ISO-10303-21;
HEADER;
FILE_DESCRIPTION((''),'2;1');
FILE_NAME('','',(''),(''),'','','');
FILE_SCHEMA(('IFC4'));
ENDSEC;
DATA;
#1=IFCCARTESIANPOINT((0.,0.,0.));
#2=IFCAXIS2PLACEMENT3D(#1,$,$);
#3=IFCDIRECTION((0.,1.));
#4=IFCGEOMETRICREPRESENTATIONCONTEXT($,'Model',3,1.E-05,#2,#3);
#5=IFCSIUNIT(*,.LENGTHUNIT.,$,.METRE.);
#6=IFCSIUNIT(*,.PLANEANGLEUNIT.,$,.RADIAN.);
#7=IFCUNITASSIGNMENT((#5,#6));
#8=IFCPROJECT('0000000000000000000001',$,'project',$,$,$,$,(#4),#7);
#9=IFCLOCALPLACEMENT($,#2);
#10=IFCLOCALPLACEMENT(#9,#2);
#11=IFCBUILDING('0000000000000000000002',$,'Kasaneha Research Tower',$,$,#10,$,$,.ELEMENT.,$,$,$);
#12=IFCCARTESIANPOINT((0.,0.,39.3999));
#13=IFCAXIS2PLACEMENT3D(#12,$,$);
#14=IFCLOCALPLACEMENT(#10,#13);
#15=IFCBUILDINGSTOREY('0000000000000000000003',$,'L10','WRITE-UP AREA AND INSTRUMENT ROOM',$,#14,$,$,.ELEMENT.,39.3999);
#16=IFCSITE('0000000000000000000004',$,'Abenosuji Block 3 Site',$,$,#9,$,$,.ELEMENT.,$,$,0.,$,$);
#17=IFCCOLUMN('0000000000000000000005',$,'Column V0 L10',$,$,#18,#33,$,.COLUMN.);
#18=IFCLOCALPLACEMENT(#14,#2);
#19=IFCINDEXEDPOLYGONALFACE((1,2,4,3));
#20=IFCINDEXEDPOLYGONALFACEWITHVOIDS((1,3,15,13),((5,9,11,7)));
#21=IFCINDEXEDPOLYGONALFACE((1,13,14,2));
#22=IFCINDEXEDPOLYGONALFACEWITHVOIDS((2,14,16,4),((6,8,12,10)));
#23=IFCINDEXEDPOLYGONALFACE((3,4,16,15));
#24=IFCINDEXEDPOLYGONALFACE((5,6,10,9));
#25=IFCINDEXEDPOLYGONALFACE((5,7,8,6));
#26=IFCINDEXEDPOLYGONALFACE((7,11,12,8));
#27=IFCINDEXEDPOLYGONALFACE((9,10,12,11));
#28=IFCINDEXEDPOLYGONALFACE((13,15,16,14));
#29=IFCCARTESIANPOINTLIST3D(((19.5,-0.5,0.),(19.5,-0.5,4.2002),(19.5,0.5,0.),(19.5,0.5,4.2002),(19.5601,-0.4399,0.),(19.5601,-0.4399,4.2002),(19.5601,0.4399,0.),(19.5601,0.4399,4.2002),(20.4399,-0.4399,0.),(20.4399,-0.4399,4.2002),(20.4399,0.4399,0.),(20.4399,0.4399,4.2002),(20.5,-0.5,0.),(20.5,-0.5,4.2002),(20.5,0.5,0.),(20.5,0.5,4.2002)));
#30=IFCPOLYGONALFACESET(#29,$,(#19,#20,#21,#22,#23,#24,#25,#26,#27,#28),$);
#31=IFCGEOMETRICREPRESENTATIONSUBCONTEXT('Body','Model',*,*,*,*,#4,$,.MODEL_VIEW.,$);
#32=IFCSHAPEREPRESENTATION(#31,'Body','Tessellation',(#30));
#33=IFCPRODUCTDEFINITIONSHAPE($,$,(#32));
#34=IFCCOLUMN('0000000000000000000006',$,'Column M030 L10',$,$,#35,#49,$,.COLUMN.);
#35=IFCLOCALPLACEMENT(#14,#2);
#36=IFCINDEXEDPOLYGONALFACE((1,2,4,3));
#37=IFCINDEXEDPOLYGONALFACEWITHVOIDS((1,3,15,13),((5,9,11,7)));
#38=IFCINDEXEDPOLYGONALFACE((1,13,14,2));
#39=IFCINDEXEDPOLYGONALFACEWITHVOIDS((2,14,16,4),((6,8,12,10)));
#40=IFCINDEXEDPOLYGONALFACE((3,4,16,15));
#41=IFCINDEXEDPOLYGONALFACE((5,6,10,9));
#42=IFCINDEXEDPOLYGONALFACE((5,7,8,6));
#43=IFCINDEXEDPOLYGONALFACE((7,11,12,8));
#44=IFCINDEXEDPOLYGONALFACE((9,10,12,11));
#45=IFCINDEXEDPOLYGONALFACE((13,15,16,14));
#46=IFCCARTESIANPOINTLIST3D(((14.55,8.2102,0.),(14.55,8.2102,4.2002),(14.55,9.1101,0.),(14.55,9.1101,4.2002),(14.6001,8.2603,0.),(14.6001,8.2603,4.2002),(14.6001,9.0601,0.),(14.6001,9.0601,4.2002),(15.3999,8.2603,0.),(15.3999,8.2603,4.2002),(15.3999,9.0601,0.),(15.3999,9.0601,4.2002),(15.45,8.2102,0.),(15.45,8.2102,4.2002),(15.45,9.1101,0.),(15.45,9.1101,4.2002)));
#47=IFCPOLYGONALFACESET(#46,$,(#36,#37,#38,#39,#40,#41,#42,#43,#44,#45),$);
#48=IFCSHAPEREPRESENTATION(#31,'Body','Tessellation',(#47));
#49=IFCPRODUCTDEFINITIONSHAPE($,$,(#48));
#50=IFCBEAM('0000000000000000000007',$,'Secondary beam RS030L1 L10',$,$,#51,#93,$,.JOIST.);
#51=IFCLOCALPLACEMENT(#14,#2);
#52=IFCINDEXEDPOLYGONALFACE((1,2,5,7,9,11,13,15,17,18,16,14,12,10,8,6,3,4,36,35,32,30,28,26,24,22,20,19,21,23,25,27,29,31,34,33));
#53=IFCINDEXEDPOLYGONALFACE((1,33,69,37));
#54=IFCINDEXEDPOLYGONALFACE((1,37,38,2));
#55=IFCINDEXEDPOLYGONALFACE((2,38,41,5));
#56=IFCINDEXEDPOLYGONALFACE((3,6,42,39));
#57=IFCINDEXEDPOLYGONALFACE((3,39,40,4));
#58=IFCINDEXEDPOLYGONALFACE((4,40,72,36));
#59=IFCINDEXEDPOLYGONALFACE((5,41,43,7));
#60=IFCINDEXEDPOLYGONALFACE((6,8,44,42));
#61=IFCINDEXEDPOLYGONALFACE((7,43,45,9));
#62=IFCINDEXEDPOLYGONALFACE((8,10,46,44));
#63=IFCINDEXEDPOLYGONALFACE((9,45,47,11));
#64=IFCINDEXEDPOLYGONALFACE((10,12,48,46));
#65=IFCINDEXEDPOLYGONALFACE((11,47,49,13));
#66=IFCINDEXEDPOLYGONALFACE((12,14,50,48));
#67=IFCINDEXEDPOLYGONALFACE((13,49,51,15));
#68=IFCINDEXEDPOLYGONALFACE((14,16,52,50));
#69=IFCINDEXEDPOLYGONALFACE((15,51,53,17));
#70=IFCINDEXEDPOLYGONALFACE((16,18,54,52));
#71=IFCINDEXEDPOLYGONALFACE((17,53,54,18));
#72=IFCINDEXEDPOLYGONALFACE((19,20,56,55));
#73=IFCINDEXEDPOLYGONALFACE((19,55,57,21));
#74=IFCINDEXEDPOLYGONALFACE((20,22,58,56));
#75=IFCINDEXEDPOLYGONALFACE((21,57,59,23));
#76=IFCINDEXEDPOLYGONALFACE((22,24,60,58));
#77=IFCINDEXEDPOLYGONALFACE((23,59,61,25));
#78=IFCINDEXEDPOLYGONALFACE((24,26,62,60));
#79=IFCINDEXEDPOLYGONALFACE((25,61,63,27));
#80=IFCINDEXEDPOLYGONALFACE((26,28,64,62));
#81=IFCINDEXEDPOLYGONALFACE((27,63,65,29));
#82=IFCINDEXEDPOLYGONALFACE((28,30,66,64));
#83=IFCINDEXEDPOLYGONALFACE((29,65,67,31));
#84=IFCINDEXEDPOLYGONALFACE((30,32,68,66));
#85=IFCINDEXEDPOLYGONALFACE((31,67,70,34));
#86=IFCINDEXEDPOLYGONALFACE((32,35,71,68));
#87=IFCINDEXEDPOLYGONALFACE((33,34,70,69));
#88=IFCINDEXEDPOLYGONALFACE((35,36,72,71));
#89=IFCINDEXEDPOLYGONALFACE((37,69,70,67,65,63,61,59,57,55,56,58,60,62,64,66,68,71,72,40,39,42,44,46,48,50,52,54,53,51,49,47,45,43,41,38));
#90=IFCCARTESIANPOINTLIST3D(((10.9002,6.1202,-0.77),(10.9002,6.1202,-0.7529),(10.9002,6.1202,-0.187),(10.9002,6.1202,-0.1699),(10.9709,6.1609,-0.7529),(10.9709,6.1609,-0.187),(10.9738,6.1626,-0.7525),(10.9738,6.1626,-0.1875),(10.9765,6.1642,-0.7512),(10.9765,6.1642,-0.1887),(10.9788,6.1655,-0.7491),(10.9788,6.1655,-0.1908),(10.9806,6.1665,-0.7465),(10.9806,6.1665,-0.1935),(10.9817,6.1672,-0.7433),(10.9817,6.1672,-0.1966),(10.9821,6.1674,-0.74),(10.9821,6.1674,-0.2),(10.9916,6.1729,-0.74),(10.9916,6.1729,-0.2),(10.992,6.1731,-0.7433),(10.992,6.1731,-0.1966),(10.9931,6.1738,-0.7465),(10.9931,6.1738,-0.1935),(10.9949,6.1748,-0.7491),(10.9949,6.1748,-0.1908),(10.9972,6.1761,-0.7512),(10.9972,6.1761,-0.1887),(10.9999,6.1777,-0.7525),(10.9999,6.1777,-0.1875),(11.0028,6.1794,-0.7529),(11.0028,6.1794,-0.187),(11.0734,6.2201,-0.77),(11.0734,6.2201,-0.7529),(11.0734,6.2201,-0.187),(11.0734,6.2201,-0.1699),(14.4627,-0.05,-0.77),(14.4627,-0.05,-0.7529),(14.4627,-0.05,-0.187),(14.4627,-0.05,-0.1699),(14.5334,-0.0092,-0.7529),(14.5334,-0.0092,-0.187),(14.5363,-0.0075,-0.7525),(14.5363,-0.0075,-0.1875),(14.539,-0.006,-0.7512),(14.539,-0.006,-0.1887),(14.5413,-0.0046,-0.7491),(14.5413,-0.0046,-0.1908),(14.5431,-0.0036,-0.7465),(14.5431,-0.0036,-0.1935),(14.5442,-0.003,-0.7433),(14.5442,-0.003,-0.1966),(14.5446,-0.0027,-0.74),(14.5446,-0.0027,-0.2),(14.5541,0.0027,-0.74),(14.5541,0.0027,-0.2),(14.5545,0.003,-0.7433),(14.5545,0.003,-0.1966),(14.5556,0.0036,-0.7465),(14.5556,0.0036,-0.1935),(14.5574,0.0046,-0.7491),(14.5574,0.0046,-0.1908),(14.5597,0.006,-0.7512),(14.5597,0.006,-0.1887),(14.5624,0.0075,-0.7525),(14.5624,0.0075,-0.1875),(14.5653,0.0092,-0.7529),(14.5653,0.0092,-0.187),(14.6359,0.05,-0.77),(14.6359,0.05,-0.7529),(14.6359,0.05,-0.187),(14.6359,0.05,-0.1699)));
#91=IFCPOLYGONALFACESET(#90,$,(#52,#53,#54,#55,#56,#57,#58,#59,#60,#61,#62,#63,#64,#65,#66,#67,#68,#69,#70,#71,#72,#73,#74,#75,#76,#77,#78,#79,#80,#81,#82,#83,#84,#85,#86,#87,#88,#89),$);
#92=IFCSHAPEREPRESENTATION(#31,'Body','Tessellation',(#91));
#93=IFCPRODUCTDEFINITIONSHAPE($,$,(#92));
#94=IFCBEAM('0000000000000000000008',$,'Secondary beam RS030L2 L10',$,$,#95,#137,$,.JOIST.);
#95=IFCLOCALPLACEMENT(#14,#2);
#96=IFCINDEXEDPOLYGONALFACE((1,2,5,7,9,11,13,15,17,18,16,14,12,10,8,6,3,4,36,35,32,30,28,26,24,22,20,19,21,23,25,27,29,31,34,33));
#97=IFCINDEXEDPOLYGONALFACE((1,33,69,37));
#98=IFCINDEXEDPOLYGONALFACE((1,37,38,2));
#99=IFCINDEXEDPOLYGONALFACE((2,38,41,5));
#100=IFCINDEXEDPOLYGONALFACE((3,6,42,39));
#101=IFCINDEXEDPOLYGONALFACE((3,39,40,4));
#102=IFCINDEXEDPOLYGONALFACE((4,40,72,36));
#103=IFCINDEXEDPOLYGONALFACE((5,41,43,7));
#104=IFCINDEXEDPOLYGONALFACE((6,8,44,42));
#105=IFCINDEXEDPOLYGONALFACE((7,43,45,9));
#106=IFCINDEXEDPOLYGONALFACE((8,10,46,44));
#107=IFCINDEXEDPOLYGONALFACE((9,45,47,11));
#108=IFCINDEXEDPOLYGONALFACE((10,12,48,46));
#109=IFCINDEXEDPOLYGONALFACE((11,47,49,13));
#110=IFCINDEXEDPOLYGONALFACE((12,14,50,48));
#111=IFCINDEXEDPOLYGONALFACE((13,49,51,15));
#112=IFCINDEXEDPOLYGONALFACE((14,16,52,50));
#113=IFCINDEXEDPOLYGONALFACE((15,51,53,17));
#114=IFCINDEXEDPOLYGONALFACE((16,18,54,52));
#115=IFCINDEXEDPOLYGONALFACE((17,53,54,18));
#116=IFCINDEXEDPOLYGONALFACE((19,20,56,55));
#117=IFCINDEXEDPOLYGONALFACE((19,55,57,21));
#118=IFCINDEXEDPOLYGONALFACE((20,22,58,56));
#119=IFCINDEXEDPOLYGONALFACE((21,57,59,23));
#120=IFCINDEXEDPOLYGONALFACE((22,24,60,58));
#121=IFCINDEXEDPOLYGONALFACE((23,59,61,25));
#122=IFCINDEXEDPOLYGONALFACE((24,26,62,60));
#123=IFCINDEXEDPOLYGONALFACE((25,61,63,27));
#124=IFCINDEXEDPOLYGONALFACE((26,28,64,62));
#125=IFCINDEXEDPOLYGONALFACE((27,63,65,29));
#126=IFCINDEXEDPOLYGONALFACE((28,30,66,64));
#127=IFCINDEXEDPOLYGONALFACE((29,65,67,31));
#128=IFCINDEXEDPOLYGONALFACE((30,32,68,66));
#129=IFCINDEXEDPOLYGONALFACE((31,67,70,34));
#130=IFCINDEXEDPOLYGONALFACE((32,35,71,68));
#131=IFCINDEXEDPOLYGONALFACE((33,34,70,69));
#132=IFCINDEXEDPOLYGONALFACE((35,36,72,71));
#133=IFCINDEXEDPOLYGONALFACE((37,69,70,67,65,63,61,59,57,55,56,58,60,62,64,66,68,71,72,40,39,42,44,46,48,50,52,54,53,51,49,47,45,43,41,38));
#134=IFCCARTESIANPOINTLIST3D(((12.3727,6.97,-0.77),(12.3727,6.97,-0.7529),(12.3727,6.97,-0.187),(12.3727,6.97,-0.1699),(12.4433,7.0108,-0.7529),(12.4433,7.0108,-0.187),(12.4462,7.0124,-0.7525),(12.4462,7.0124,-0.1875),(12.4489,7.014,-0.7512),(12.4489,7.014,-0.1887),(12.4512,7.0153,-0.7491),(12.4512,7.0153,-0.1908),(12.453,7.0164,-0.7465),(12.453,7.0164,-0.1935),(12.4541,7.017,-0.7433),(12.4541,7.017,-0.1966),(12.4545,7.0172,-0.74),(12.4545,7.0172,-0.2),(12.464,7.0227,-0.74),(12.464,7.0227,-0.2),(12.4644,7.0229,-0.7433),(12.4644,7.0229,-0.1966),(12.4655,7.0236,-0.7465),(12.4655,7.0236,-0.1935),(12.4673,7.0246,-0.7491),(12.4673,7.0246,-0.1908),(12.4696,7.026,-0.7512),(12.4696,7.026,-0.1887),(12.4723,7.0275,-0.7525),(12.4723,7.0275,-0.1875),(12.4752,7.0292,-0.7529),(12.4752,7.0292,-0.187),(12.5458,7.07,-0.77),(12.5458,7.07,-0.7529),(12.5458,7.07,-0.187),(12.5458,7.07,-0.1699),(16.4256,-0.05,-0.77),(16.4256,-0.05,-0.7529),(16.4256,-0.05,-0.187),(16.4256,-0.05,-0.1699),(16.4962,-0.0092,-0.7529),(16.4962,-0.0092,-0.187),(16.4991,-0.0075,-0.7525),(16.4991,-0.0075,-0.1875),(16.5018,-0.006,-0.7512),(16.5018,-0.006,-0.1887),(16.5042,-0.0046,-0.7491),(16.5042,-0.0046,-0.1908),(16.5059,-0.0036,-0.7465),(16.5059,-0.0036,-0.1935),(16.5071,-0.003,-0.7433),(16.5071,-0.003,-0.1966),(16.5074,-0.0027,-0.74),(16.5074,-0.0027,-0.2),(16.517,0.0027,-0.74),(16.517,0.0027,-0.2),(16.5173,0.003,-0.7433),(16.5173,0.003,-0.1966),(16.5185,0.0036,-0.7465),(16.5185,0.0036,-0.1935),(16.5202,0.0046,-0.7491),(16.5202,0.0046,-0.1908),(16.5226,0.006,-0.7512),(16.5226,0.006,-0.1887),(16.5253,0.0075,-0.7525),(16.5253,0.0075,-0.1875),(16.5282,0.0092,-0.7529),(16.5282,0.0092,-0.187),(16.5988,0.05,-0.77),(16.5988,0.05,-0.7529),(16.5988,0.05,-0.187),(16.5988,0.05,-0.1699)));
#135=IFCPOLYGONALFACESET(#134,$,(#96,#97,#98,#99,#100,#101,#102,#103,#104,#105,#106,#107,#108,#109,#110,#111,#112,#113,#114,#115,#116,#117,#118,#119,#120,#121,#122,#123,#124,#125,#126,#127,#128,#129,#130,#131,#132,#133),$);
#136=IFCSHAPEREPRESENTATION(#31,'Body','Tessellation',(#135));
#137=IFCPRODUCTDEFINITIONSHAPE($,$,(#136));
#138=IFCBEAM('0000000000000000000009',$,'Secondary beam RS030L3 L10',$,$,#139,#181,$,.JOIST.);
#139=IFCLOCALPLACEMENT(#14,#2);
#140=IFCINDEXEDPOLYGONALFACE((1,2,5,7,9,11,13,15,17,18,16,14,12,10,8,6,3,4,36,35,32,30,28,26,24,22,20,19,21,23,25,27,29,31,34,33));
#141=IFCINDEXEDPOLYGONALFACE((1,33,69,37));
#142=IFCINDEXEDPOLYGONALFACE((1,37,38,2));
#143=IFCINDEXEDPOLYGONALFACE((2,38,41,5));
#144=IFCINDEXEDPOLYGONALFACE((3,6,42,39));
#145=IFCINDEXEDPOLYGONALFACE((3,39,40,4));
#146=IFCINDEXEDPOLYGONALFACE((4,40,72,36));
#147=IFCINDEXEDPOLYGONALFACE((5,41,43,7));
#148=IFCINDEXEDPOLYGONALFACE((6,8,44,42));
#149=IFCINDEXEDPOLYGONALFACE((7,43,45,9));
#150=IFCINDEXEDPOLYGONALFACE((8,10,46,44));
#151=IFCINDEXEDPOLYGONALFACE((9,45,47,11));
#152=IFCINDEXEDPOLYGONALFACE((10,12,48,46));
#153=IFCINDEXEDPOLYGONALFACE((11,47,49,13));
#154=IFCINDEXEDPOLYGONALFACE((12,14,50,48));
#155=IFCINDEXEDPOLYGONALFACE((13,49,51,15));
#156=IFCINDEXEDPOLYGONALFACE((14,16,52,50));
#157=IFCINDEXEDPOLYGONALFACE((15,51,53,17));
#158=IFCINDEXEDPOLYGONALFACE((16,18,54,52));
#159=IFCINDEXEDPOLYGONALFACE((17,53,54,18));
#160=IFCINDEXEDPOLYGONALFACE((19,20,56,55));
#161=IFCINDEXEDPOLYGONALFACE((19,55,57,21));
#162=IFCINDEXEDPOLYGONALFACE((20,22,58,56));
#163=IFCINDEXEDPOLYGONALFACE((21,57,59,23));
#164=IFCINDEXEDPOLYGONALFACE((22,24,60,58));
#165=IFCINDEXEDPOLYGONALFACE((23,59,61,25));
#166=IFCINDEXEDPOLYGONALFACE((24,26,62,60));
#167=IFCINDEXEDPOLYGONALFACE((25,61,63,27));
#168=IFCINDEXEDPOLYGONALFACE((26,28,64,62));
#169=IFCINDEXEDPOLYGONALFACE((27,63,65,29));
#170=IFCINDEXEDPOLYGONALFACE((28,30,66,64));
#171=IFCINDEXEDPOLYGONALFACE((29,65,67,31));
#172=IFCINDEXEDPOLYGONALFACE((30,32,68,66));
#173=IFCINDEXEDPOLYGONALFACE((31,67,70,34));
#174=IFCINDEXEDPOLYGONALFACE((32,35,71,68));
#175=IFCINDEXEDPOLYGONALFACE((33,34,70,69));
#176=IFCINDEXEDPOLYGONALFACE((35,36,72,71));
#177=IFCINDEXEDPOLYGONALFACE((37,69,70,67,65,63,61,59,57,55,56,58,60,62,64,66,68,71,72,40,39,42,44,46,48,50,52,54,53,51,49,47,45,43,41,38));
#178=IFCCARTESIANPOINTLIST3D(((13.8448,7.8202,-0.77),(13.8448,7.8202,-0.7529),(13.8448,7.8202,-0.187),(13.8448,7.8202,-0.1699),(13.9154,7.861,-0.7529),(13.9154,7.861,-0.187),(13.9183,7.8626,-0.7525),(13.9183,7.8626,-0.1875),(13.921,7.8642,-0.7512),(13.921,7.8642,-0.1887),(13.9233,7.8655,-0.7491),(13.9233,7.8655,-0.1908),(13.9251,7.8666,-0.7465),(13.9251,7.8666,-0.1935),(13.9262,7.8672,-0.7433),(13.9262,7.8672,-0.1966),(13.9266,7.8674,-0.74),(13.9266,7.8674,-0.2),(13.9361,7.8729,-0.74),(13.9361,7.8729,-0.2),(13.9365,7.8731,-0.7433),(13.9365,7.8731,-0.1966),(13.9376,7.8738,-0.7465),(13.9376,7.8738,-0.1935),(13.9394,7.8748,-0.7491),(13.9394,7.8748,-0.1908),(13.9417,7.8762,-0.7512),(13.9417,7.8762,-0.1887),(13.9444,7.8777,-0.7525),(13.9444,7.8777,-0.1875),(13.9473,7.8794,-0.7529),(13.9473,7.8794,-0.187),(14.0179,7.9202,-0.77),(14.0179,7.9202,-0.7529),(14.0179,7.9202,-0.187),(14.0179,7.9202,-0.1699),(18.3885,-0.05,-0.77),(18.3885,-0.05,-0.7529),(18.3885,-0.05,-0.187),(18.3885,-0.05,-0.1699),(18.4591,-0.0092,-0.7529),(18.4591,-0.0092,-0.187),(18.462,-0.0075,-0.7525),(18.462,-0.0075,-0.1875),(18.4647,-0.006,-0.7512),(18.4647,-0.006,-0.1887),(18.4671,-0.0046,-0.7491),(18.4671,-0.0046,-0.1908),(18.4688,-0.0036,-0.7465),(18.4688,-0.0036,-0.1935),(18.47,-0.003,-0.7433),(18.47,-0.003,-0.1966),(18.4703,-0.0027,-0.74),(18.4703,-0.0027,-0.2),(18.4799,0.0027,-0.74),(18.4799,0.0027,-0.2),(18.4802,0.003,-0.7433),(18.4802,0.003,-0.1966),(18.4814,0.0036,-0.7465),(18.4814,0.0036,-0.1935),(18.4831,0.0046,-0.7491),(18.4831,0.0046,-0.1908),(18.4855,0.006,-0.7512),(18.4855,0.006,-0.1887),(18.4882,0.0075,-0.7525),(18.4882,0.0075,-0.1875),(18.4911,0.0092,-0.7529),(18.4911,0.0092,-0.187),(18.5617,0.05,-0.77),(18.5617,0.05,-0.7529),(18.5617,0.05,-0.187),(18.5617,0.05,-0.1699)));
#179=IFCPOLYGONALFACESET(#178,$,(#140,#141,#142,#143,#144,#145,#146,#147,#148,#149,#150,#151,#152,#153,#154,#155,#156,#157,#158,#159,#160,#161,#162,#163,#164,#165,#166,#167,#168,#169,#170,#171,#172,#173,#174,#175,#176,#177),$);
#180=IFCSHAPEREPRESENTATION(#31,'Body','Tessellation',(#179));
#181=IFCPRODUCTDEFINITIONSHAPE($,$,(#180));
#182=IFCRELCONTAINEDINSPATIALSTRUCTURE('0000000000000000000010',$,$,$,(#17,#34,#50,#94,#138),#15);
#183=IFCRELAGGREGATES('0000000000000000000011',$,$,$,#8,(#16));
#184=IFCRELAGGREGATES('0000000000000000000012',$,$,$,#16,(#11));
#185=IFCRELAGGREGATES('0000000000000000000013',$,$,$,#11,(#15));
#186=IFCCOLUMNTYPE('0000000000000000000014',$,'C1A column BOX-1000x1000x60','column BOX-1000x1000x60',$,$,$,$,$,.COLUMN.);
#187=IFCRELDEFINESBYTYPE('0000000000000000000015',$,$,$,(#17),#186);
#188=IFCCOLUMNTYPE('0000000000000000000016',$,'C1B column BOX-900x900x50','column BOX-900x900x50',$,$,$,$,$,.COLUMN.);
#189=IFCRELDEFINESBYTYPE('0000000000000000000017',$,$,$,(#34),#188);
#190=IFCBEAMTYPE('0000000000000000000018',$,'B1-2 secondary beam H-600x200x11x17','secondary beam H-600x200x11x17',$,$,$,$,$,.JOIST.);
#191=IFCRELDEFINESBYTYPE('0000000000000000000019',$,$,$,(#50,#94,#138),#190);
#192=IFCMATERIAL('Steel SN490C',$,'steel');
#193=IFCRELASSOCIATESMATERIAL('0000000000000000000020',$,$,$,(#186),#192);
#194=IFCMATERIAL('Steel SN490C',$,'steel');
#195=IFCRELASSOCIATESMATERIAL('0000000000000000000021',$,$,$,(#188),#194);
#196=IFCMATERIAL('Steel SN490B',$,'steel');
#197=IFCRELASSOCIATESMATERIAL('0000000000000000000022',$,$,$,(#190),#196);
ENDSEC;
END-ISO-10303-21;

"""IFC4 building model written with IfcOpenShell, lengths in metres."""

from ifc_helpers import new_model, si_unit, direction, frame, origin, origin_2d, place, context, subcontext, project, spatial, hollow_rectangle, i_section, extrude, material, material_profile, profile_set, type_object, element, save


model = new_model("IFC4")

# Units and contexts
model_context = context("Model", 3, precision=1e-05, world=origin(), true_north=direction((0.0, 1.0)))
body_context = subcontext(model_context, "Body", "Model", "MODEL_VIEW")
ifc_project = project(units=[si_unit("LENGTHUNIT", "METRE"), si_unit("PLANEANGLEUNIT", "RADIAN")], contexts=[model_context])

# Site, building, storey
site_placement = place(None, origin())
site = spatial("IfcSite", under=ifc_project, at=site_placement, Name="Abenosuji Block 3 Site", CompositionType="ELEMENT", RefElevation=0.0)
building_placement = place(site_placement, origin())
building = spatial("IfcBuilding", under=site, at=building_placement, Name="Kasaneha Research Tower", CompositionType="ELEMENT")
storey_placement = place(building_placement, frame((0.0, 0.0, 39.3999)))
storey = spatial("IfcBuildingStorey", under=building, at=storey_placement, Name="L10", Description="WRITE-UP AREA AND INSTRUMENT ROOM", CompositionType="ELEMENT", Elevation=39.3999)

# Columns
ifc_material_1 = material(Name="Steel SN490C", Category="steel")
ifc_material_profile_1 = material_profile(ifc_material_1, hollow_rectangle(XDim=1.0, YDim=1.0, WallThickness=0.0601, at=origin_2d()), Name="BOX-1000x1000x60")
ifc_profile_set_1 = profile_set([ifc_material_profile_1], Name="Steel SN490C")
column_type_1 = type_object("IfcColumnType", Name="C1A column BOX-1000x1000x60", Description="column BOX-1000x1000x60", PredefinedType="COLUMN", material=ifc_profile_set_1)
column_1_placement = place(storey_placement, frame((20.0, 0.0, 0.0), z_axis=(0.0, 0.0, 1.0), x_axis=(1.0, 0.0, 0.0)))
element("IfcColumn", 1, at=column_1_placement, inside=storey, type_object=column_type_1, Name="Column V0 L10", PredefinedType="COLUMN", context=body_context, shape_type="SweptSolid", body=[
    extrude(hollow_rectangle(XDim=1.0, YDim=1.0, WallThickness=0.0601, at=origin_2d()), origin(), (0.0, 0.0, 1.0), 4.2002),
])
ifc_material_2 = material(Name="Steel SN490C", Category="steel")
ifc_material_profile_2 = material_profile(ifc_material_2, hollow_rectangle(XDim=0.8999, YDim=0.8999, WallThickness=0.05, at=origin_2d()), Name="BOX-900x900x50")
ifc_profile_set_2 = profile_set([ifc_material_profile_2], Name="Steel SN490C")
column_type_2 = type_object("IfcColumnType", Name="C1B column BOX-900x900x50", Description="column BOX-900x900x50", PredefinedType="COLUMN", material=ifc_profile_set_2)
column_2_placement = place(storey_placement, frame((15.0, 8.6602, 0.0), z_axis=(0.0, 0.0, 1.0), x_axis=(1.0, 0.0, 0.0)))
element("IfcColumn", 2, at=column_2_placement, inside=storey, type_object=column_type_2, Name="Column M030 L10", PredefinedType="COLUMN", context=body_context, shape_type="SweptSolid", body=[
    extrude(hollow_rectangle(XDim=0.8999, YDim=0.8999, WallThickness=0.05, at=origin_2d()), origin(), (0.0, 0.0, 1.0), 4.2002),
])

# Beams
ifc_material_3 = material(Name="Steel SN490B", Category="steel")
ifc_material_profile_3 = material_profile(ifc_material_3, i_section(OverallWidth=0.2, OverallDepth=0.6001, WebThickness=0.011, FlangeThickness=0.0171, FilletRadius=0.0129, at=origin_2d()), Name="H-600x200x11x17")
ifc_profile_set_3 = profile_set([ifc_material_profile_3], Name="Steel SN490B")
beam_type_1 = type_object("IfcBeamType", Name="B1-2 secondary beam H-600x200x11x17", Description="secondary beam H-600x200x11x17", PredefinedType="JOIST", material=ifc_profile_set_3)
beam_1_placement = place(storey_placement, frame((14.5493, 0.0, -0.47), z_axis=(-0.500016, 0.866016, 0.0), x_axis=(-0.866016, -0.500016, 0.0)))
element("IfcBeam", 3, at=beam_1_placement, inside=storey, type_object=beam_type_1, Name="Secondary beam RS030L1 L10", PredefinedType="JOIST", context=body_context, shape_type="SweptSolid", body=[
    extrude(i_section(OverallWidth=0.2, OverallDepth=0.6001, WebThickness=0.011, FlangeThickness=0.0171, FilletRadius=0.0129, at=origin_2d()), origin(), (0.0, 0.0, 1.0), 7.1248),
])
beam_2_placement = place(storey_placement, frame((16.5122, 0.0, -0.47), z_axis=(-0.499997, 0.866027, 0.0), x_axis=(-0.866027, -0.499997, 0.0)))
element("IfcBeam", 4, at=beam_2_placement, inside=storey, type_object=beam_type_1, Name="Secondary beam RS030L2 L10", PredefinedType="JOIST", context=body_context, shape_type="SweptSolid", body=[
    extrude(i_section(OverallWidth=0.2, OverallDepth=0.6001, WebThickness=0.011, FlangeThickness=0.0171, FilletRadius=0.0129, at=origin_2d()), origin(), (0.0, 0.0, 1.0), 8.106),
])
beam_3_placement = place(storey_placement, frame((18.4751, 0.0, -0.47), z_axis=(-0.499991, 0.866031, 0.0), x_axis=(-0.866031, -0.499991, 0.0)))
element("IfcBeam", 5, at=beam_3_placement, inside=storey, type_object=beam_type_1, Name="Secondary beam RS030L3 L10", PredefinedType="JOIST", context=body_context, shape_type="SweptSolid", body=[
    extrude(i_section(OverallWidth=0.2, OverallDepth=0.6001, WebThickness=0.011, FlangeThickness=0.0171, FilletRadius=0.0129, at=origin_2d()), origin(), (0.0, 0.0, 1.0), 9.0876),
])

save(model, "model.ifc")
